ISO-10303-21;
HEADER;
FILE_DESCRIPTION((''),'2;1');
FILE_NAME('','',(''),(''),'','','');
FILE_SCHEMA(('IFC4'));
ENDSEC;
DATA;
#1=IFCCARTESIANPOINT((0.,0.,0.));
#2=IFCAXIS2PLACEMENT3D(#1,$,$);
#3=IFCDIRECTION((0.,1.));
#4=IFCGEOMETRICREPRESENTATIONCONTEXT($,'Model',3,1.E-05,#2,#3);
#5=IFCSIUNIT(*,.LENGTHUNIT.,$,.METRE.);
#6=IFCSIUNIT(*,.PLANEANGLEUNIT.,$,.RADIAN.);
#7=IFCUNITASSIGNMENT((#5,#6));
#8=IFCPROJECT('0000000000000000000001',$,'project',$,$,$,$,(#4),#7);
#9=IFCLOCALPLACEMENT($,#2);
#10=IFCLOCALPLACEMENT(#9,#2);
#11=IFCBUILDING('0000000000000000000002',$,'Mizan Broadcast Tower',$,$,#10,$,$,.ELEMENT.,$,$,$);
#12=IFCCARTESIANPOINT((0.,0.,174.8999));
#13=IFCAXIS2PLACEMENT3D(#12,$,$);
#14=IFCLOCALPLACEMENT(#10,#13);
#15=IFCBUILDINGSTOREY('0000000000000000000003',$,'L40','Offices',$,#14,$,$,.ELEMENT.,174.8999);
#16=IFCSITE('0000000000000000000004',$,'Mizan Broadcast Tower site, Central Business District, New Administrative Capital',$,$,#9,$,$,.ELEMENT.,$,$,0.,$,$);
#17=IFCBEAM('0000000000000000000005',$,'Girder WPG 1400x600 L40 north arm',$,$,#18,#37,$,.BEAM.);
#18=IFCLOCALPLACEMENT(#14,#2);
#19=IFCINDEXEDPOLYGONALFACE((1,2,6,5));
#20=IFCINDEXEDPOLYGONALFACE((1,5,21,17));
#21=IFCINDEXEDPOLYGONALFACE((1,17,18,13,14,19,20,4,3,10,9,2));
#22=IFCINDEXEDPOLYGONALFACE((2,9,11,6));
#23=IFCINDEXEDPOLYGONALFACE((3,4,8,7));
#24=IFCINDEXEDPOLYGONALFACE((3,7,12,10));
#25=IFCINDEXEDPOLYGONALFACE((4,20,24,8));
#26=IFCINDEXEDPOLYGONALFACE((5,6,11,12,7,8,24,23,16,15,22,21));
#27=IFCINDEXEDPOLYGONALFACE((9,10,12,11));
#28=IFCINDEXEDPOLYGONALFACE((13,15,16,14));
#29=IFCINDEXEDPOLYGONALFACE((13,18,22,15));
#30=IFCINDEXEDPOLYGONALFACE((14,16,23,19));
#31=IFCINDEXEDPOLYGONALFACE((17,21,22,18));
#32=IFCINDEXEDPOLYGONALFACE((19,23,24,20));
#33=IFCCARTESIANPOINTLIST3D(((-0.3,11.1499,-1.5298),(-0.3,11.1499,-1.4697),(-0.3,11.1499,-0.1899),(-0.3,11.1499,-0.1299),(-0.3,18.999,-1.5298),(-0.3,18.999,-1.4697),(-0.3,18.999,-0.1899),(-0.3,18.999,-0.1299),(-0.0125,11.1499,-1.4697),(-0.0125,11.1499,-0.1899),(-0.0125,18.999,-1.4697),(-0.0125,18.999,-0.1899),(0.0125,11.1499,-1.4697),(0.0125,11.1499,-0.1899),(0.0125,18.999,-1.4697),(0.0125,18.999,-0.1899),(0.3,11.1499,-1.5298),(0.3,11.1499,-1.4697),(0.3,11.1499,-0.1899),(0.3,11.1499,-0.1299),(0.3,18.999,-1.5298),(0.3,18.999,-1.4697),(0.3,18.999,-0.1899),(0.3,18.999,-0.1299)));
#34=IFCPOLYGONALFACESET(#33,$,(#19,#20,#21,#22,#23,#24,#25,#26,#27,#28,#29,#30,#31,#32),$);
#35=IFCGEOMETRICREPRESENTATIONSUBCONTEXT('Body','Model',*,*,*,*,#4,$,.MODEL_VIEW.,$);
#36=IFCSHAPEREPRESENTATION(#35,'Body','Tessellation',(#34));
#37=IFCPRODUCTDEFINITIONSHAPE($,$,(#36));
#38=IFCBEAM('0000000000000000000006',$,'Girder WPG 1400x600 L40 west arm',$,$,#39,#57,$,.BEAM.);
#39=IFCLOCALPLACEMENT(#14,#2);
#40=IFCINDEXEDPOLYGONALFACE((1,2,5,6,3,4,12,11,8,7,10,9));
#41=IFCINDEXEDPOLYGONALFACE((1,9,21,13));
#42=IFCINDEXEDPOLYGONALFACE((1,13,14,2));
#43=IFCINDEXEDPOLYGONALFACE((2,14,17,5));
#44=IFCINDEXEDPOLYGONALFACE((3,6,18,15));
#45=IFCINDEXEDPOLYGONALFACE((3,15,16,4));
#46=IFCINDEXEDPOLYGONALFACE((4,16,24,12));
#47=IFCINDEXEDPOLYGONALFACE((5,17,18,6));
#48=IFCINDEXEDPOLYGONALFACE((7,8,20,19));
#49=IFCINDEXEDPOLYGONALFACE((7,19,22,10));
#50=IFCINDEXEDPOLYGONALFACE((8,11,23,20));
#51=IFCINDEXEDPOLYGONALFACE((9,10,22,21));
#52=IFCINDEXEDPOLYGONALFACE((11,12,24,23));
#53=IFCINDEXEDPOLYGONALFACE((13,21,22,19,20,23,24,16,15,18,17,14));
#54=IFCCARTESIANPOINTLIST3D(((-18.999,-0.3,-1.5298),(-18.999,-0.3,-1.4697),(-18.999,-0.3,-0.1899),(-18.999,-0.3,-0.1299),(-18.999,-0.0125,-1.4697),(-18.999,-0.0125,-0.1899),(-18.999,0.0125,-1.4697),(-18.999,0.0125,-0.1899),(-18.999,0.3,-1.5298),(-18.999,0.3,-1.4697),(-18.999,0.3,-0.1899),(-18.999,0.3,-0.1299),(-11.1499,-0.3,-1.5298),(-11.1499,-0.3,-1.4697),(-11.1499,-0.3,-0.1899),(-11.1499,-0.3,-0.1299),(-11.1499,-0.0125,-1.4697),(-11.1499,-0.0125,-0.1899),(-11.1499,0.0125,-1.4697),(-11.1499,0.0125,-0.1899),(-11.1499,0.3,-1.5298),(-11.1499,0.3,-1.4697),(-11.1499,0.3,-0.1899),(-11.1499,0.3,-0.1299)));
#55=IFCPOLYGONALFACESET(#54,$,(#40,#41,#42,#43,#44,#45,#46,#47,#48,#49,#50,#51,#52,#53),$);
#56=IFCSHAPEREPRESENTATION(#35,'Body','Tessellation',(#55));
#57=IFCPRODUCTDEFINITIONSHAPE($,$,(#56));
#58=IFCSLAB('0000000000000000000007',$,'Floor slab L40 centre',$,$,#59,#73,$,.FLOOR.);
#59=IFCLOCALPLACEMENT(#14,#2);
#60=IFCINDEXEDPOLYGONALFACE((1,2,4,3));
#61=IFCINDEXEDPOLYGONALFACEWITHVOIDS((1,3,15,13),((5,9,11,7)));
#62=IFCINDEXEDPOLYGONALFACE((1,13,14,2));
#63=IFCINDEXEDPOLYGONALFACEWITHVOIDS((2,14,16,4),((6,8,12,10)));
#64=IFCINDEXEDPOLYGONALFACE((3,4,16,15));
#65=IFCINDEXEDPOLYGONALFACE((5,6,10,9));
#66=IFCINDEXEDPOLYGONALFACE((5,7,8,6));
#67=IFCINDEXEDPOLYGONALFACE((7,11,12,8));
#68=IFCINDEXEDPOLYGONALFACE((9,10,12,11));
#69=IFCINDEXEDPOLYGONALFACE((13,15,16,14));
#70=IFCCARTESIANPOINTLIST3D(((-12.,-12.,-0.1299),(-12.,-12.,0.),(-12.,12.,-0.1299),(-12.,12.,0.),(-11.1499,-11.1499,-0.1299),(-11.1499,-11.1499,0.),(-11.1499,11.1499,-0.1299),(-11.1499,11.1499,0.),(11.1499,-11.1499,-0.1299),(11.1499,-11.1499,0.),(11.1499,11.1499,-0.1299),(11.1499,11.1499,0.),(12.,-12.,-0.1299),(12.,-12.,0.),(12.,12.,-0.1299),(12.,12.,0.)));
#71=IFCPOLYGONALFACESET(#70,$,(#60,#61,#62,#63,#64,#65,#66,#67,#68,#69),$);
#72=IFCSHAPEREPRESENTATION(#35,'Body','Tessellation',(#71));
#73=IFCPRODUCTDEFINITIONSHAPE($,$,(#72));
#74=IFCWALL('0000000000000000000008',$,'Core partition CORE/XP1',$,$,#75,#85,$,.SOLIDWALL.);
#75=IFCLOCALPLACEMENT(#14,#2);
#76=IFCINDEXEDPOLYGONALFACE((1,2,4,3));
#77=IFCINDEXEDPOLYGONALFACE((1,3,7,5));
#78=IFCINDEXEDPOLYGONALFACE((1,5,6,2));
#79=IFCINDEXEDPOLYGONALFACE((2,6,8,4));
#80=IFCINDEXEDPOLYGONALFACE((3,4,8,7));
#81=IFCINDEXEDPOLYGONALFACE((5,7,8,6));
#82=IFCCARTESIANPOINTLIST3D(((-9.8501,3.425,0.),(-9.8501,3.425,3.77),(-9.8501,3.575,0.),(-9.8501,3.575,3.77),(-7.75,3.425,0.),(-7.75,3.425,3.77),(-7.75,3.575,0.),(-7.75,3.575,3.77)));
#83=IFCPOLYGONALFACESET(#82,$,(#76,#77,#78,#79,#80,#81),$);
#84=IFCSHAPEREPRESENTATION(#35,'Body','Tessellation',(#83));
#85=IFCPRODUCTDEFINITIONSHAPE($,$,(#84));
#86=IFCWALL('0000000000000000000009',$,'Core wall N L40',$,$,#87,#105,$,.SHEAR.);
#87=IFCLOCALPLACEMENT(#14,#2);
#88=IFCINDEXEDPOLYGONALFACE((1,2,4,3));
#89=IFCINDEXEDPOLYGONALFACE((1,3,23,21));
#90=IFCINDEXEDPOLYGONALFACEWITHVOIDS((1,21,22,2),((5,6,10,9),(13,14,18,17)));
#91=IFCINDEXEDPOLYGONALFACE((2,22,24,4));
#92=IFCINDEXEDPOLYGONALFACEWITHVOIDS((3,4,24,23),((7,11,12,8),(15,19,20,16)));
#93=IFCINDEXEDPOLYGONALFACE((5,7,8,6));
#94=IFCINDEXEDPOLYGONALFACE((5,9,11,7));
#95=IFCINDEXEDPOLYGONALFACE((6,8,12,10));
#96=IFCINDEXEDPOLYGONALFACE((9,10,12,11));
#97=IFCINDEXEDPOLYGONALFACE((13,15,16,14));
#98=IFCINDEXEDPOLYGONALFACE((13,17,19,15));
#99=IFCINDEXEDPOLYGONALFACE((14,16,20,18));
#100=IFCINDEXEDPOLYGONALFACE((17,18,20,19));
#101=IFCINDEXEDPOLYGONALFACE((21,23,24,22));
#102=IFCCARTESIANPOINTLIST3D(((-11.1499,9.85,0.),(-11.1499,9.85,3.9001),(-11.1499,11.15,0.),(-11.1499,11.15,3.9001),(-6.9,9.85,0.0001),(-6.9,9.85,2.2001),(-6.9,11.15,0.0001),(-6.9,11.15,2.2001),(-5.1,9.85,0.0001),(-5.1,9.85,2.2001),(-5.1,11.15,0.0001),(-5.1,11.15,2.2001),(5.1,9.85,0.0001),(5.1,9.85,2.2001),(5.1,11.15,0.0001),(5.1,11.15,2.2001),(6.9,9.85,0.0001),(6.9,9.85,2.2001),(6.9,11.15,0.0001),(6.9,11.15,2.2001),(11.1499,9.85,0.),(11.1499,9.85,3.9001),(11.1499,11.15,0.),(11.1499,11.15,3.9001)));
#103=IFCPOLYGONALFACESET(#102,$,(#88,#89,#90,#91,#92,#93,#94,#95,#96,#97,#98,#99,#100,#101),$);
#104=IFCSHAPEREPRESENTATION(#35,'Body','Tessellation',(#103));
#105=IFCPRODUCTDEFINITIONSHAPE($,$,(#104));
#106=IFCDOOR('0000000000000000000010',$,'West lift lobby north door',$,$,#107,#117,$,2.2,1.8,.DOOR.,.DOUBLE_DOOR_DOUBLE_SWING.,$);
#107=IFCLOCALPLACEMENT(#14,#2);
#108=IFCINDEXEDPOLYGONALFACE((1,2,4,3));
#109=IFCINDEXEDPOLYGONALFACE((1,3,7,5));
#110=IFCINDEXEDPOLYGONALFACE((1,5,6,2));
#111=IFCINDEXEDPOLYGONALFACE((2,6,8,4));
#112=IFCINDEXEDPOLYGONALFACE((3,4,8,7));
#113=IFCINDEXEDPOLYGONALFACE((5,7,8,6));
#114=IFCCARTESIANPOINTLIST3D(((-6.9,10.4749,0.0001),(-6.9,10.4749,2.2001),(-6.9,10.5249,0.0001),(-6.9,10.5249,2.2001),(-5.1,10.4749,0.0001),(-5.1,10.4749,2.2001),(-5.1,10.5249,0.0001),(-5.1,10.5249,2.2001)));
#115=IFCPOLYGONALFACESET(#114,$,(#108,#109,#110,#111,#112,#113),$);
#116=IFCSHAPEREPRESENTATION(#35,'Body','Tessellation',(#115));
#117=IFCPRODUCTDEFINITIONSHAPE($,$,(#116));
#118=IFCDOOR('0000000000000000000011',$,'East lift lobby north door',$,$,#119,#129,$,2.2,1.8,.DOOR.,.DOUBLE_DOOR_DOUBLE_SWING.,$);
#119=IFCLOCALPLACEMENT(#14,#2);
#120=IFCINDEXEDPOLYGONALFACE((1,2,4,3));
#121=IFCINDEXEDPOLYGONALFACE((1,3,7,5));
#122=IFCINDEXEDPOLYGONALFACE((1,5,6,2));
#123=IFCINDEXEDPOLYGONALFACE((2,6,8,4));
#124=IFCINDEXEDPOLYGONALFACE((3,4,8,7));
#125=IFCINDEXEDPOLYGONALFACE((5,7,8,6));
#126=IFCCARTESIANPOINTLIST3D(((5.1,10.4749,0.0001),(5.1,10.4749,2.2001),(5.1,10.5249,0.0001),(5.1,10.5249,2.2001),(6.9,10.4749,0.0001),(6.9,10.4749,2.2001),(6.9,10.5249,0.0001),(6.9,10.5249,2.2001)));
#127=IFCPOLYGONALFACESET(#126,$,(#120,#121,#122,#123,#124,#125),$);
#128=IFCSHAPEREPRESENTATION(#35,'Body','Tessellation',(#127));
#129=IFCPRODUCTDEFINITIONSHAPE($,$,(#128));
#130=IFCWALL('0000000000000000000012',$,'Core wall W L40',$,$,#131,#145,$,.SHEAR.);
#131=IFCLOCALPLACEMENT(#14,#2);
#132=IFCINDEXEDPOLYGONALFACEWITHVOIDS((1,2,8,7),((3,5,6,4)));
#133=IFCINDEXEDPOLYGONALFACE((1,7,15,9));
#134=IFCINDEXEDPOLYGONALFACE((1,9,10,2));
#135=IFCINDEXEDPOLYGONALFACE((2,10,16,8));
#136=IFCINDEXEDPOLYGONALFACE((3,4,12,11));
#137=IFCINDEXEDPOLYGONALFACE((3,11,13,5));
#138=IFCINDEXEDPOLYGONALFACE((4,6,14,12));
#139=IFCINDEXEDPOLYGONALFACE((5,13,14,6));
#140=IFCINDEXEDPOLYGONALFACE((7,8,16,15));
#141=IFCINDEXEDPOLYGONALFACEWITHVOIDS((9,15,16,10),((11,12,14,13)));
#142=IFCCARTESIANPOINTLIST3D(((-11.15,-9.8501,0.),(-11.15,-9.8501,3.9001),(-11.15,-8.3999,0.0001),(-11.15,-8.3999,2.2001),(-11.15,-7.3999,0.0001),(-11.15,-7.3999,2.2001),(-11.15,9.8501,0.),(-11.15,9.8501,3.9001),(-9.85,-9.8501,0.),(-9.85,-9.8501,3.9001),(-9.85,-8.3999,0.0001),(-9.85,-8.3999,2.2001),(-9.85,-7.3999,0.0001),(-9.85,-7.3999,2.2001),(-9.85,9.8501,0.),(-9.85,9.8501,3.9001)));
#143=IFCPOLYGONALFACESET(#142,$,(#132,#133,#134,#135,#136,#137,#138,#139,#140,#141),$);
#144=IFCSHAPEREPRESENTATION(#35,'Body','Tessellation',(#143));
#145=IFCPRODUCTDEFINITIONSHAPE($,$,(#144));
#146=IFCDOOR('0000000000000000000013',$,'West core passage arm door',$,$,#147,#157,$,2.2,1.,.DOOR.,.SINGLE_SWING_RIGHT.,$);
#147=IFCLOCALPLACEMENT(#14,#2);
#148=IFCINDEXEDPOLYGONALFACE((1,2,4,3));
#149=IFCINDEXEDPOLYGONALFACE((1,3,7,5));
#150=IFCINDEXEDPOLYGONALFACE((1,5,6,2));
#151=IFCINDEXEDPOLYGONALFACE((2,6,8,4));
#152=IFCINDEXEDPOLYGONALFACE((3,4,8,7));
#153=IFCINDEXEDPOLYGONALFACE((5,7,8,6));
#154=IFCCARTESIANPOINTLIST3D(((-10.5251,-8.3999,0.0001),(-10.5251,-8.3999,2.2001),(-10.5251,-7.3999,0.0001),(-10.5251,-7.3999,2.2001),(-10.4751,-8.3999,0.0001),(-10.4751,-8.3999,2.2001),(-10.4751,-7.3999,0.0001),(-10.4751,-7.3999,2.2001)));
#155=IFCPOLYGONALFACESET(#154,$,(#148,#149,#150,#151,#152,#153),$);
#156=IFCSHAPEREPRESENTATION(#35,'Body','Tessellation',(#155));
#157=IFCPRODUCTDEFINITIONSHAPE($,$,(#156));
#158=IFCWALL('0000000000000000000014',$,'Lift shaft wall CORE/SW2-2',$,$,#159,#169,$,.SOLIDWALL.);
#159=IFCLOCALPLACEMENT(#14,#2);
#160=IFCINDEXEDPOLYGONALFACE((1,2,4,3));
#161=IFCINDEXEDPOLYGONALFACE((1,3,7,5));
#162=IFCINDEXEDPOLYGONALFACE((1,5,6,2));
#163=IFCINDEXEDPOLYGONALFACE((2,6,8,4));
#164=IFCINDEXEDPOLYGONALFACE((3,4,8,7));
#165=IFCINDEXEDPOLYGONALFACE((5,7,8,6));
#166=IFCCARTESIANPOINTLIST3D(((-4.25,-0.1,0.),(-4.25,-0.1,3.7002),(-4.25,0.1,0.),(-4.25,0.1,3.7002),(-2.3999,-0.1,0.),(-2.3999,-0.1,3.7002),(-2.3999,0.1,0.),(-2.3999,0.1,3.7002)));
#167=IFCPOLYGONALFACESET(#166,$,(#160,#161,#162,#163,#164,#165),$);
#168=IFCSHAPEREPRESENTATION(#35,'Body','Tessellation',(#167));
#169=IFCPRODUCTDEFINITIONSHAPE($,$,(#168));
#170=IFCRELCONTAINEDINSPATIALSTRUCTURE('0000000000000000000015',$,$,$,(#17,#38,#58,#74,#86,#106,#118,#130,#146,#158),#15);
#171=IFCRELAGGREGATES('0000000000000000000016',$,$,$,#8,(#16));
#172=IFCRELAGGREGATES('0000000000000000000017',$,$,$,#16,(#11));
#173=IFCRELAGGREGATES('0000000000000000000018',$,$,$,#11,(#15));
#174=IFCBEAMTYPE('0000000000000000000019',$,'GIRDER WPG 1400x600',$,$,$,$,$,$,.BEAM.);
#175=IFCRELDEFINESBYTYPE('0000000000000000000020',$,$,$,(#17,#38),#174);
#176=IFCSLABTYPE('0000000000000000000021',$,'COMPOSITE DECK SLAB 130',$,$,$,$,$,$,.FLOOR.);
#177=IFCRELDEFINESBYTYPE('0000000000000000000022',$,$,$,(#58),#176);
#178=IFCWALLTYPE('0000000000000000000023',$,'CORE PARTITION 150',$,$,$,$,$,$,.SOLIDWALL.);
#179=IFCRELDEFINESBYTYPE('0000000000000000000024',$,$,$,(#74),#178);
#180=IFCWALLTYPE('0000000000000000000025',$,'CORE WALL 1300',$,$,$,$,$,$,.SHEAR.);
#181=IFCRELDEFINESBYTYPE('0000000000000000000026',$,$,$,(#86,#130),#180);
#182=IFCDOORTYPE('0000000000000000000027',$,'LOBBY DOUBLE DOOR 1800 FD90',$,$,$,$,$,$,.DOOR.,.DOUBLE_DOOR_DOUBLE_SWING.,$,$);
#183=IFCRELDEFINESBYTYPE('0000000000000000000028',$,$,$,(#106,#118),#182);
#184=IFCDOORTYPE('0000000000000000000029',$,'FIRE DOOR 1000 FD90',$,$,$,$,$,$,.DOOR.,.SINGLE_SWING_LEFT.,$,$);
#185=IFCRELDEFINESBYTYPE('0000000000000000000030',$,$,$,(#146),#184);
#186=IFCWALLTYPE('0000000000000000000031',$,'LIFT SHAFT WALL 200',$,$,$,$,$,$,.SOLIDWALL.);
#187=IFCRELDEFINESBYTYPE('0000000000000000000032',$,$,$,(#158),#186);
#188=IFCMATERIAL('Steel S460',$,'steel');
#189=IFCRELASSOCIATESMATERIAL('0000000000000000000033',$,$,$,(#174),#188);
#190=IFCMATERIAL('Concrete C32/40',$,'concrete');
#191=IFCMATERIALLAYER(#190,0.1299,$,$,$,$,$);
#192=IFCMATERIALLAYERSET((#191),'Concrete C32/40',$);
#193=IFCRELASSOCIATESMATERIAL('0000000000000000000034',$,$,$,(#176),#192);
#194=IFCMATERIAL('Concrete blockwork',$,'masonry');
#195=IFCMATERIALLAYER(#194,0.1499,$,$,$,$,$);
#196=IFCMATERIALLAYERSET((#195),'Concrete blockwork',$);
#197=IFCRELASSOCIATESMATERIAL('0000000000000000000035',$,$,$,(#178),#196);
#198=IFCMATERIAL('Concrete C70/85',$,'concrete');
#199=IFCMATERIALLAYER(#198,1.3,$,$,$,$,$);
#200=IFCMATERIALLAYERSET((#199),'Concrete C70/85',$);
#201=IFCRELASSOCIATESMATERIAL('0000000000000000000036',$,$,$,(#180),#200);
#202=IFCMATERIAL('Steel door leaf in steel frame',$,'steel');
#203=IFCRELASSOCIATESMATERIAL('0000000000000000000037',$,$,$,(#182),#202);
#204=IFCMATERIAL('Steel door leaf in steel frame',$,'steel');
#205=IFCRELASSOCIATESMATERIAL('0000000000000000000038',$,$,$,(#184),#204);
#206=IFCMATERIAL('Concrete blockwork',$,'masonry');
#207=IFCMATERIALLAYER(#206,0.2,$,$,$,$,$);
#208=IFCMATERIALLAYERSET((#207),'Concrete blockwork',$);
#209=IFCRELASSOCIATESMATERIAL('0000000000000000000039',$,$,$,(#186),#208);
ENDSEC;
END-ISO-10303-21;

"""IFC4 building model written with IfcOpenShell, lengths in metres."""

from ifc_helpers import new_model, si_unit, direction, frame, frame_2d, origin, origin_2d, place, context, subcontext, project, spatial, polyline, rectangle, i_section, outline, extrude, material, layer, layer_set, material_profile, profile_set, type_object, element, fill, save


model = new_model("IFC4")

# Units and contexts
model_context = context("Model", 3, precision=1e-05, world=origin(), true_north=direction((0.0, 1.0)))
body_context = subcontext(model_context, "Body", "Model", "MODEL_VIEW")
ifc_project = project(units=[si_unit("LENGTHUNIT", "METRE"), si_unit("PLANEANGLEUNIT", "RADIAN")], contexts=[model_context])

# Site, building, storey
site_placement = place(None, origin())
site = spatial("IfcSite", under=ifc_project, at=site_placement, Name="Mizan Broadcast Tower site, Central Business District, New Administrative Capital", CompositionType="ELEMENT", RefElevation=0.0)
building_placement = place(site_placement, origin())
building = spatial("IfcBuilding", under=site, at=building_placement, Name="Mizan Broadcast Tower", CompositionType="ELEMENT")
storey_placement = place(building_placement, frame((0.0, 0.0, 174.8999)))
storey = spatial("IfcBuildingStorey", under=building, at=storey_placement, Name="L40", Description="Offices", CompositionType="ELEMENT", Elevation=174.8999)

# Beams
ifc_material_1 = material(Name="Steel S460", Category="steel")
ifc_material_profile = material_profile(ifc_material_1, i_section(OverallWidth=0.6001, OverallDepth=1.3999, WebThickness=0.0249, FlangeThickness=0.0601, at=origin_2d()), Name="WPG 1400x600")
ifc_profile_set = profile_set([ifc_material_profile], Name="Steel S460")
beam_type = type_object("IfcBeamType", Name="GIRDER WPG 1400x600", PredefinedType="BEAM", material=ifc_profile_set)
for number, where, z_axis, x_axis, name in (
    (1, (0.0, 11.1499, -0.8298), (0.0, 1.0, 0.0), (-1.0, 0.0, 0.0), "Girder WPG 1400x600 L40 north arm"),
    (2, (-11.1499, 0.0, -0.8298), (-1.0, 0.0, 0.0), (0.0, -1.0, 0.0), "Girder WPG 1400x600 L40 west arm"),
):
    element("IfcBeam", number, at=place(storey_placement, frame(where, z_axis=z_axis, x_axis=x_axis)), inside=storey, type_object=beam_type, Name=name, PredefinedType="BEAM", context=body_context, shape_type="SweptSolid", body=[
        extrude(i_section(OverallWidth=0.6001, OverallDepth=1.3999, WebThickness=0.0249, FlangeThickness=0.0601, at=origin_2d()), origin(), (0.0, 0.0, 1.0), 7.8491),
    ])

# Slab
ifc_material_2 = material(Name="Concrete C32/40", Category="concrete")
ifc_layer_1 = layer(ifc_material_2, 0.1299)
ifc_layer_set_1 = layer_set([ifc_layer_1], Name="Concrete C32/40")
slab_type = type_object("IfcSlabType", Name="COMPOSITE DECK SLAB 130", PredefinedType="FLOOR", material=ifc_layer_set_1)
slab_placement = place(storey_placement, frame((0.0, 0.0, -0.1299)))
element("IfcSlab", 3, at=slab_placement, inside=storey, type_object=slab_type, Name="Floor slab L40 centre", PredefinedType="FLOOR", context=body_context, shape_type="SweptSolid", body=[
    extrude(outline(polyline([(-12.0, -12.0), (12.0, -12.0), (12.0, 12.0), (-12.0, 12.0), (-12.0, -12.0)]), holes=[polyline([(-11.1499, 11.1499), (11.1499, 11.1499), (11.1499, -11.1499), (-11.1499, -11.1499), (-11.1499, 11.1499)])]), origin(), (0.0, 0.0, 1.0), 0.1299),
])

# Wall
ifc_material_3 = material(Name="Concrete blockwork", Category="masonry")
ifc_layer_2 = layer(ifc_material_3, 0.1499)
ifc_layer_set_2 = layer_set([ifc_layer_2], Name="Concrete blockwork")
wall_type_1 = type_object("IfcWallType", Name="CORE PARTITION 150", PredefinedType="SOLIDWALL", material=ifc_layer_set_2)
wall_1_placement = place(storey_placement, frame((-9.8501, 3.5, 0.0), z_axis=(0.0, 0.0, 1.0), x_axis=(1.0, 0.0, 0.0)))
element("IfcWall", 4, at=wall_1_placement, inside=storey, type_object=wall_type_1, Name="Core partition CORE/XP1", PredefinedType="SOLIDWALL", context=body_context, shape_type="SweptSolid", body=[
    extrude(rectangle(XDim=2.1001, YDim=0.1499, at=frame_2d((1.05, 0.0))), origin(), (0.0, 0.0, 1.0), 3.77),
])

# Wall, openings, doors
ifc_material_4 = material(Name="Concrete C70/85", Category="concrete")
ifc_layer_3 = layer(ifc_material_4, 1.3)
ifc_layer_set_3 = layer_set([ifc_layer_3], Name="Concrete C70/85")
wall_type_2 = type_object("IfcWallType", Name="CORE WALL 1300", PredefinedType="SHEAR", material=ifc_layer_set_3)
wall_2_placement = place(storey_placement, frame((-11.1499, 10.5, 0.0), z_axis=(0.0, 0.0, 1.0), x_axis=(1.0, 0.0, 0.0)))
wall_2 = element("IfcWall", 5, at=wall_2_placement, inside=storey, type_object=wall_type_2, Name="Core wall N L40", PredefinedType="SHEAR", context=body_context, shape_type="SweptSolid", body=[
    extrude(rectangle(XDim=22.2998, YDim=1.3, at=frame_2d((11.1499, 0.0))), origin(), (0.0, 0.0, 1.0), 3.9001),
])
opening_1_placement = place(wall_2_placement, frame((4.25, 0.0, 0.0)))
opening_1 = element("IfcOpeningElement", 6, at=opening_1_placement, cuts=wall_2, PredefinedType="OPENING", context=body_context, shape_type="SweptSolid", body=[
    extrude(rectangle(XDim=1.8, YDim=2.2, at=frame_2d((0.8999, 1.1001))), frame((0.0, 0.6599, 0.0), z_axis=(0.0, -1.0, 0.0), x_axis=(1.0, 0.0, 0.0)), (0.0, 0.0, 1.0), 1.3201),
])
opening_2_placement = place(wall_2_placement, frame((16.25, 0.0, 0.0)))
opening_2 = element("IfcOpeningElement", 7, at=opening_2_placement, cuts=wall_2, PredefinedType="OPENING", context=body_context, shape_type="SweptSolid", body=[
    extrude(rectangle(XDim=1.8, YDim=2.2, at=frame_2d((0.8999, 1.1001))), frame((0.0, 0.6599, 0.0), z_axis=(0.0, -1.0, 0.0), x_axis=(1.0, 0.0, 0.0)), (0.0, 0.0, 1.0), 1.3201),
])
ifc_material_5 = material(Name="Steel door leaf in steel frame", Category="steel")
door_type_1 = type_object("IfcDoorType", Name="LOBBY DOUBLE DOOR 1800 FD90", OperationType="DOUBLE_DOOR_DOUBLE_SWING", PredefinedType="DOOR", material=ifc_material_5)
door_1_placement = place(opening_1_placement, origin())
door_1 = element("IfcDoor", 8, at=door_1_placement, inside=storey, type_object=door_type_1, Name="West lift lobby north door", OperationType="DOUBLE_DOOR_DOUBLE_SWING", OverallHeight=2.2, OverallWidth=1.8, PredefinedType="DOOR", context=body_context, shape_type="SweptSolid", body=[
    extrude(rectangle(XDim=1.8, YDim=2.2, at=frame_2d((0.8999, 1.1001))), frame((0.0, 0.0249, 0.0), z_axis=(0.0, -1.0, 0.0), x_axis=(1.0, 0.0, 0.0)), (0.0, 0.0, 1.0), 0.05),
])
fill(opening_1, door_1)
door_2_placement = place(opening_2_placement, origin())
door_2 = element("IfcDoor", 9, at=door_2_placement, inside=storey, type_object=door_type_1, Name="East lift lobby north door", OperationType="DOUBLE_DOOR_DOUBLE_SWING", OverallHeight=2.2, OverallWidth=1.8, PredefinedType="DOOR", context=body_context, shape_type="SweptSolid", body=[
    extrude(rectangle(XDim=1.8, YDim=2.2, at=frame_2d((0.8999, 1.1001))), frame((0.0, 0.0249, 0.0), z_axis=(0.0, -1.0, 0.0), x_axis=(1.0, 0.0, 0.0)), (0.0, 0.0, 1.0), 0.05),
])
fill(opening_2, door_2)

# Wall, opening, door
wall_3_placement = place(storey_placement, frame((-10.5, 9.8501, 0.0), z_axis=(0.0, 0.0, 1.0), x_axis=(0.0, -1.0, 0.0)))
wall_3 = element("IfcWall", 10, at=wall_3_placement, inside=storey, type_object=wall_type_2, Name="Core wall W L40", PredefinedType="SHEAR", context=body_context, shape_type="SweptSolid", body=[
    extrude(rectangle(XDim=19.7002, YDim=1.3, at=frame_2d((9.8501, 0.0))), origin(), (0.0, 0.0, 1.0), 3.9001),
])
opening_3_placement = place(wall_3_placement, frame((17.25, 0.0, 0.0)))
opening_3 = element("IfcOpeningElement", 11, at=opening_3_placement, cuts=wall_3, PredefinedType="OPENING", context=body_context, shape_type="SweptSolid", body=[
    extrude(rectangle(XDim=1.0, YDim=2.2, at=frame_2d((0.5, 1.1001))), frame((0.0, 0.6599, 0.0), z_axis=(0.0, -1.0, 0.0), x_axis=(1.0, 0.0, 0.0)), (0.0, 0.0, 1.0), 1.3201),
])
ifc_material_6 = material(Name="Steel door leaf in steel frame", Category="steel")
door_type_2 = type_object("IfcDoorType", Name="FIRE DOOR 1000 FD90", OperationType="SINGLE_SWING_LEFT", PredefinedType="DOOR", material=ifc_material_6)
door_3_placement = place(opening_3_placement, origin())
door_3 = element("IfcDoor", 12, at=door_3_placement, inside=storey, type_object=door_type_2, Name="West core passage arm door", OperationType="SINGLE_SWING_RIGHT", OverallHeight=2.2, OverallWidth=1.0, PredefinedType="DOOR", context=body_context, shape_type="SweptSolid", body=[
    extrude(rectangle(XDim=1.0, YDim=2.2, at=frame_2d((0.5, 1.1001))), frame((0.0, 0.0249, 0.0), z_axis=(0.0, -1.0, 0.0), x_axis=(1.0, 0.0, 0.0)), (0.0, 0.0, 1.0), 0.05),
])
fill(opening_3, door_3)

# Wall
ifc_material_7 = material(Name="Concrete blockwork", Category="masonry")
ifc_layer_4 = layer(ifc_material_7, 0.2)
ifc_layer_set_4 = layer_set([ifc_layer_4], Name="Concrete blockwork")
wall_type_3 = type_object("IfcWallType", Name="LIFT SHAFT WALL 200", PredefinedType="SOLIDWALL", material=ifc_layer_set_4)
for number, where, z_axis, x_axis, name in (
    (13, (-4.25, 0.0, 0.0), (0.0, 0.0, 1.0), (1.0, 0.0, 0.0), "Lift shaft wall CORE/SW2-2"),
):
    element("IfcWall", number, at=place(storey_placement, frame(where, z_axis=z_axis, x_axis=x_axis)), inside=storey, type_object=wall_type_3, Name=name, PredefinedType="SOLIDWALL", context=body_context, shape_type="SweptSolid", body=[
        extrude(rectangle(XDim=1.8501, YDim=0.2, at=frame_2d((0.925, 0.0))), origin(), (0.0, 0.0, 1.0), 3.7002),
    ])

save(model, "model.ifc")
